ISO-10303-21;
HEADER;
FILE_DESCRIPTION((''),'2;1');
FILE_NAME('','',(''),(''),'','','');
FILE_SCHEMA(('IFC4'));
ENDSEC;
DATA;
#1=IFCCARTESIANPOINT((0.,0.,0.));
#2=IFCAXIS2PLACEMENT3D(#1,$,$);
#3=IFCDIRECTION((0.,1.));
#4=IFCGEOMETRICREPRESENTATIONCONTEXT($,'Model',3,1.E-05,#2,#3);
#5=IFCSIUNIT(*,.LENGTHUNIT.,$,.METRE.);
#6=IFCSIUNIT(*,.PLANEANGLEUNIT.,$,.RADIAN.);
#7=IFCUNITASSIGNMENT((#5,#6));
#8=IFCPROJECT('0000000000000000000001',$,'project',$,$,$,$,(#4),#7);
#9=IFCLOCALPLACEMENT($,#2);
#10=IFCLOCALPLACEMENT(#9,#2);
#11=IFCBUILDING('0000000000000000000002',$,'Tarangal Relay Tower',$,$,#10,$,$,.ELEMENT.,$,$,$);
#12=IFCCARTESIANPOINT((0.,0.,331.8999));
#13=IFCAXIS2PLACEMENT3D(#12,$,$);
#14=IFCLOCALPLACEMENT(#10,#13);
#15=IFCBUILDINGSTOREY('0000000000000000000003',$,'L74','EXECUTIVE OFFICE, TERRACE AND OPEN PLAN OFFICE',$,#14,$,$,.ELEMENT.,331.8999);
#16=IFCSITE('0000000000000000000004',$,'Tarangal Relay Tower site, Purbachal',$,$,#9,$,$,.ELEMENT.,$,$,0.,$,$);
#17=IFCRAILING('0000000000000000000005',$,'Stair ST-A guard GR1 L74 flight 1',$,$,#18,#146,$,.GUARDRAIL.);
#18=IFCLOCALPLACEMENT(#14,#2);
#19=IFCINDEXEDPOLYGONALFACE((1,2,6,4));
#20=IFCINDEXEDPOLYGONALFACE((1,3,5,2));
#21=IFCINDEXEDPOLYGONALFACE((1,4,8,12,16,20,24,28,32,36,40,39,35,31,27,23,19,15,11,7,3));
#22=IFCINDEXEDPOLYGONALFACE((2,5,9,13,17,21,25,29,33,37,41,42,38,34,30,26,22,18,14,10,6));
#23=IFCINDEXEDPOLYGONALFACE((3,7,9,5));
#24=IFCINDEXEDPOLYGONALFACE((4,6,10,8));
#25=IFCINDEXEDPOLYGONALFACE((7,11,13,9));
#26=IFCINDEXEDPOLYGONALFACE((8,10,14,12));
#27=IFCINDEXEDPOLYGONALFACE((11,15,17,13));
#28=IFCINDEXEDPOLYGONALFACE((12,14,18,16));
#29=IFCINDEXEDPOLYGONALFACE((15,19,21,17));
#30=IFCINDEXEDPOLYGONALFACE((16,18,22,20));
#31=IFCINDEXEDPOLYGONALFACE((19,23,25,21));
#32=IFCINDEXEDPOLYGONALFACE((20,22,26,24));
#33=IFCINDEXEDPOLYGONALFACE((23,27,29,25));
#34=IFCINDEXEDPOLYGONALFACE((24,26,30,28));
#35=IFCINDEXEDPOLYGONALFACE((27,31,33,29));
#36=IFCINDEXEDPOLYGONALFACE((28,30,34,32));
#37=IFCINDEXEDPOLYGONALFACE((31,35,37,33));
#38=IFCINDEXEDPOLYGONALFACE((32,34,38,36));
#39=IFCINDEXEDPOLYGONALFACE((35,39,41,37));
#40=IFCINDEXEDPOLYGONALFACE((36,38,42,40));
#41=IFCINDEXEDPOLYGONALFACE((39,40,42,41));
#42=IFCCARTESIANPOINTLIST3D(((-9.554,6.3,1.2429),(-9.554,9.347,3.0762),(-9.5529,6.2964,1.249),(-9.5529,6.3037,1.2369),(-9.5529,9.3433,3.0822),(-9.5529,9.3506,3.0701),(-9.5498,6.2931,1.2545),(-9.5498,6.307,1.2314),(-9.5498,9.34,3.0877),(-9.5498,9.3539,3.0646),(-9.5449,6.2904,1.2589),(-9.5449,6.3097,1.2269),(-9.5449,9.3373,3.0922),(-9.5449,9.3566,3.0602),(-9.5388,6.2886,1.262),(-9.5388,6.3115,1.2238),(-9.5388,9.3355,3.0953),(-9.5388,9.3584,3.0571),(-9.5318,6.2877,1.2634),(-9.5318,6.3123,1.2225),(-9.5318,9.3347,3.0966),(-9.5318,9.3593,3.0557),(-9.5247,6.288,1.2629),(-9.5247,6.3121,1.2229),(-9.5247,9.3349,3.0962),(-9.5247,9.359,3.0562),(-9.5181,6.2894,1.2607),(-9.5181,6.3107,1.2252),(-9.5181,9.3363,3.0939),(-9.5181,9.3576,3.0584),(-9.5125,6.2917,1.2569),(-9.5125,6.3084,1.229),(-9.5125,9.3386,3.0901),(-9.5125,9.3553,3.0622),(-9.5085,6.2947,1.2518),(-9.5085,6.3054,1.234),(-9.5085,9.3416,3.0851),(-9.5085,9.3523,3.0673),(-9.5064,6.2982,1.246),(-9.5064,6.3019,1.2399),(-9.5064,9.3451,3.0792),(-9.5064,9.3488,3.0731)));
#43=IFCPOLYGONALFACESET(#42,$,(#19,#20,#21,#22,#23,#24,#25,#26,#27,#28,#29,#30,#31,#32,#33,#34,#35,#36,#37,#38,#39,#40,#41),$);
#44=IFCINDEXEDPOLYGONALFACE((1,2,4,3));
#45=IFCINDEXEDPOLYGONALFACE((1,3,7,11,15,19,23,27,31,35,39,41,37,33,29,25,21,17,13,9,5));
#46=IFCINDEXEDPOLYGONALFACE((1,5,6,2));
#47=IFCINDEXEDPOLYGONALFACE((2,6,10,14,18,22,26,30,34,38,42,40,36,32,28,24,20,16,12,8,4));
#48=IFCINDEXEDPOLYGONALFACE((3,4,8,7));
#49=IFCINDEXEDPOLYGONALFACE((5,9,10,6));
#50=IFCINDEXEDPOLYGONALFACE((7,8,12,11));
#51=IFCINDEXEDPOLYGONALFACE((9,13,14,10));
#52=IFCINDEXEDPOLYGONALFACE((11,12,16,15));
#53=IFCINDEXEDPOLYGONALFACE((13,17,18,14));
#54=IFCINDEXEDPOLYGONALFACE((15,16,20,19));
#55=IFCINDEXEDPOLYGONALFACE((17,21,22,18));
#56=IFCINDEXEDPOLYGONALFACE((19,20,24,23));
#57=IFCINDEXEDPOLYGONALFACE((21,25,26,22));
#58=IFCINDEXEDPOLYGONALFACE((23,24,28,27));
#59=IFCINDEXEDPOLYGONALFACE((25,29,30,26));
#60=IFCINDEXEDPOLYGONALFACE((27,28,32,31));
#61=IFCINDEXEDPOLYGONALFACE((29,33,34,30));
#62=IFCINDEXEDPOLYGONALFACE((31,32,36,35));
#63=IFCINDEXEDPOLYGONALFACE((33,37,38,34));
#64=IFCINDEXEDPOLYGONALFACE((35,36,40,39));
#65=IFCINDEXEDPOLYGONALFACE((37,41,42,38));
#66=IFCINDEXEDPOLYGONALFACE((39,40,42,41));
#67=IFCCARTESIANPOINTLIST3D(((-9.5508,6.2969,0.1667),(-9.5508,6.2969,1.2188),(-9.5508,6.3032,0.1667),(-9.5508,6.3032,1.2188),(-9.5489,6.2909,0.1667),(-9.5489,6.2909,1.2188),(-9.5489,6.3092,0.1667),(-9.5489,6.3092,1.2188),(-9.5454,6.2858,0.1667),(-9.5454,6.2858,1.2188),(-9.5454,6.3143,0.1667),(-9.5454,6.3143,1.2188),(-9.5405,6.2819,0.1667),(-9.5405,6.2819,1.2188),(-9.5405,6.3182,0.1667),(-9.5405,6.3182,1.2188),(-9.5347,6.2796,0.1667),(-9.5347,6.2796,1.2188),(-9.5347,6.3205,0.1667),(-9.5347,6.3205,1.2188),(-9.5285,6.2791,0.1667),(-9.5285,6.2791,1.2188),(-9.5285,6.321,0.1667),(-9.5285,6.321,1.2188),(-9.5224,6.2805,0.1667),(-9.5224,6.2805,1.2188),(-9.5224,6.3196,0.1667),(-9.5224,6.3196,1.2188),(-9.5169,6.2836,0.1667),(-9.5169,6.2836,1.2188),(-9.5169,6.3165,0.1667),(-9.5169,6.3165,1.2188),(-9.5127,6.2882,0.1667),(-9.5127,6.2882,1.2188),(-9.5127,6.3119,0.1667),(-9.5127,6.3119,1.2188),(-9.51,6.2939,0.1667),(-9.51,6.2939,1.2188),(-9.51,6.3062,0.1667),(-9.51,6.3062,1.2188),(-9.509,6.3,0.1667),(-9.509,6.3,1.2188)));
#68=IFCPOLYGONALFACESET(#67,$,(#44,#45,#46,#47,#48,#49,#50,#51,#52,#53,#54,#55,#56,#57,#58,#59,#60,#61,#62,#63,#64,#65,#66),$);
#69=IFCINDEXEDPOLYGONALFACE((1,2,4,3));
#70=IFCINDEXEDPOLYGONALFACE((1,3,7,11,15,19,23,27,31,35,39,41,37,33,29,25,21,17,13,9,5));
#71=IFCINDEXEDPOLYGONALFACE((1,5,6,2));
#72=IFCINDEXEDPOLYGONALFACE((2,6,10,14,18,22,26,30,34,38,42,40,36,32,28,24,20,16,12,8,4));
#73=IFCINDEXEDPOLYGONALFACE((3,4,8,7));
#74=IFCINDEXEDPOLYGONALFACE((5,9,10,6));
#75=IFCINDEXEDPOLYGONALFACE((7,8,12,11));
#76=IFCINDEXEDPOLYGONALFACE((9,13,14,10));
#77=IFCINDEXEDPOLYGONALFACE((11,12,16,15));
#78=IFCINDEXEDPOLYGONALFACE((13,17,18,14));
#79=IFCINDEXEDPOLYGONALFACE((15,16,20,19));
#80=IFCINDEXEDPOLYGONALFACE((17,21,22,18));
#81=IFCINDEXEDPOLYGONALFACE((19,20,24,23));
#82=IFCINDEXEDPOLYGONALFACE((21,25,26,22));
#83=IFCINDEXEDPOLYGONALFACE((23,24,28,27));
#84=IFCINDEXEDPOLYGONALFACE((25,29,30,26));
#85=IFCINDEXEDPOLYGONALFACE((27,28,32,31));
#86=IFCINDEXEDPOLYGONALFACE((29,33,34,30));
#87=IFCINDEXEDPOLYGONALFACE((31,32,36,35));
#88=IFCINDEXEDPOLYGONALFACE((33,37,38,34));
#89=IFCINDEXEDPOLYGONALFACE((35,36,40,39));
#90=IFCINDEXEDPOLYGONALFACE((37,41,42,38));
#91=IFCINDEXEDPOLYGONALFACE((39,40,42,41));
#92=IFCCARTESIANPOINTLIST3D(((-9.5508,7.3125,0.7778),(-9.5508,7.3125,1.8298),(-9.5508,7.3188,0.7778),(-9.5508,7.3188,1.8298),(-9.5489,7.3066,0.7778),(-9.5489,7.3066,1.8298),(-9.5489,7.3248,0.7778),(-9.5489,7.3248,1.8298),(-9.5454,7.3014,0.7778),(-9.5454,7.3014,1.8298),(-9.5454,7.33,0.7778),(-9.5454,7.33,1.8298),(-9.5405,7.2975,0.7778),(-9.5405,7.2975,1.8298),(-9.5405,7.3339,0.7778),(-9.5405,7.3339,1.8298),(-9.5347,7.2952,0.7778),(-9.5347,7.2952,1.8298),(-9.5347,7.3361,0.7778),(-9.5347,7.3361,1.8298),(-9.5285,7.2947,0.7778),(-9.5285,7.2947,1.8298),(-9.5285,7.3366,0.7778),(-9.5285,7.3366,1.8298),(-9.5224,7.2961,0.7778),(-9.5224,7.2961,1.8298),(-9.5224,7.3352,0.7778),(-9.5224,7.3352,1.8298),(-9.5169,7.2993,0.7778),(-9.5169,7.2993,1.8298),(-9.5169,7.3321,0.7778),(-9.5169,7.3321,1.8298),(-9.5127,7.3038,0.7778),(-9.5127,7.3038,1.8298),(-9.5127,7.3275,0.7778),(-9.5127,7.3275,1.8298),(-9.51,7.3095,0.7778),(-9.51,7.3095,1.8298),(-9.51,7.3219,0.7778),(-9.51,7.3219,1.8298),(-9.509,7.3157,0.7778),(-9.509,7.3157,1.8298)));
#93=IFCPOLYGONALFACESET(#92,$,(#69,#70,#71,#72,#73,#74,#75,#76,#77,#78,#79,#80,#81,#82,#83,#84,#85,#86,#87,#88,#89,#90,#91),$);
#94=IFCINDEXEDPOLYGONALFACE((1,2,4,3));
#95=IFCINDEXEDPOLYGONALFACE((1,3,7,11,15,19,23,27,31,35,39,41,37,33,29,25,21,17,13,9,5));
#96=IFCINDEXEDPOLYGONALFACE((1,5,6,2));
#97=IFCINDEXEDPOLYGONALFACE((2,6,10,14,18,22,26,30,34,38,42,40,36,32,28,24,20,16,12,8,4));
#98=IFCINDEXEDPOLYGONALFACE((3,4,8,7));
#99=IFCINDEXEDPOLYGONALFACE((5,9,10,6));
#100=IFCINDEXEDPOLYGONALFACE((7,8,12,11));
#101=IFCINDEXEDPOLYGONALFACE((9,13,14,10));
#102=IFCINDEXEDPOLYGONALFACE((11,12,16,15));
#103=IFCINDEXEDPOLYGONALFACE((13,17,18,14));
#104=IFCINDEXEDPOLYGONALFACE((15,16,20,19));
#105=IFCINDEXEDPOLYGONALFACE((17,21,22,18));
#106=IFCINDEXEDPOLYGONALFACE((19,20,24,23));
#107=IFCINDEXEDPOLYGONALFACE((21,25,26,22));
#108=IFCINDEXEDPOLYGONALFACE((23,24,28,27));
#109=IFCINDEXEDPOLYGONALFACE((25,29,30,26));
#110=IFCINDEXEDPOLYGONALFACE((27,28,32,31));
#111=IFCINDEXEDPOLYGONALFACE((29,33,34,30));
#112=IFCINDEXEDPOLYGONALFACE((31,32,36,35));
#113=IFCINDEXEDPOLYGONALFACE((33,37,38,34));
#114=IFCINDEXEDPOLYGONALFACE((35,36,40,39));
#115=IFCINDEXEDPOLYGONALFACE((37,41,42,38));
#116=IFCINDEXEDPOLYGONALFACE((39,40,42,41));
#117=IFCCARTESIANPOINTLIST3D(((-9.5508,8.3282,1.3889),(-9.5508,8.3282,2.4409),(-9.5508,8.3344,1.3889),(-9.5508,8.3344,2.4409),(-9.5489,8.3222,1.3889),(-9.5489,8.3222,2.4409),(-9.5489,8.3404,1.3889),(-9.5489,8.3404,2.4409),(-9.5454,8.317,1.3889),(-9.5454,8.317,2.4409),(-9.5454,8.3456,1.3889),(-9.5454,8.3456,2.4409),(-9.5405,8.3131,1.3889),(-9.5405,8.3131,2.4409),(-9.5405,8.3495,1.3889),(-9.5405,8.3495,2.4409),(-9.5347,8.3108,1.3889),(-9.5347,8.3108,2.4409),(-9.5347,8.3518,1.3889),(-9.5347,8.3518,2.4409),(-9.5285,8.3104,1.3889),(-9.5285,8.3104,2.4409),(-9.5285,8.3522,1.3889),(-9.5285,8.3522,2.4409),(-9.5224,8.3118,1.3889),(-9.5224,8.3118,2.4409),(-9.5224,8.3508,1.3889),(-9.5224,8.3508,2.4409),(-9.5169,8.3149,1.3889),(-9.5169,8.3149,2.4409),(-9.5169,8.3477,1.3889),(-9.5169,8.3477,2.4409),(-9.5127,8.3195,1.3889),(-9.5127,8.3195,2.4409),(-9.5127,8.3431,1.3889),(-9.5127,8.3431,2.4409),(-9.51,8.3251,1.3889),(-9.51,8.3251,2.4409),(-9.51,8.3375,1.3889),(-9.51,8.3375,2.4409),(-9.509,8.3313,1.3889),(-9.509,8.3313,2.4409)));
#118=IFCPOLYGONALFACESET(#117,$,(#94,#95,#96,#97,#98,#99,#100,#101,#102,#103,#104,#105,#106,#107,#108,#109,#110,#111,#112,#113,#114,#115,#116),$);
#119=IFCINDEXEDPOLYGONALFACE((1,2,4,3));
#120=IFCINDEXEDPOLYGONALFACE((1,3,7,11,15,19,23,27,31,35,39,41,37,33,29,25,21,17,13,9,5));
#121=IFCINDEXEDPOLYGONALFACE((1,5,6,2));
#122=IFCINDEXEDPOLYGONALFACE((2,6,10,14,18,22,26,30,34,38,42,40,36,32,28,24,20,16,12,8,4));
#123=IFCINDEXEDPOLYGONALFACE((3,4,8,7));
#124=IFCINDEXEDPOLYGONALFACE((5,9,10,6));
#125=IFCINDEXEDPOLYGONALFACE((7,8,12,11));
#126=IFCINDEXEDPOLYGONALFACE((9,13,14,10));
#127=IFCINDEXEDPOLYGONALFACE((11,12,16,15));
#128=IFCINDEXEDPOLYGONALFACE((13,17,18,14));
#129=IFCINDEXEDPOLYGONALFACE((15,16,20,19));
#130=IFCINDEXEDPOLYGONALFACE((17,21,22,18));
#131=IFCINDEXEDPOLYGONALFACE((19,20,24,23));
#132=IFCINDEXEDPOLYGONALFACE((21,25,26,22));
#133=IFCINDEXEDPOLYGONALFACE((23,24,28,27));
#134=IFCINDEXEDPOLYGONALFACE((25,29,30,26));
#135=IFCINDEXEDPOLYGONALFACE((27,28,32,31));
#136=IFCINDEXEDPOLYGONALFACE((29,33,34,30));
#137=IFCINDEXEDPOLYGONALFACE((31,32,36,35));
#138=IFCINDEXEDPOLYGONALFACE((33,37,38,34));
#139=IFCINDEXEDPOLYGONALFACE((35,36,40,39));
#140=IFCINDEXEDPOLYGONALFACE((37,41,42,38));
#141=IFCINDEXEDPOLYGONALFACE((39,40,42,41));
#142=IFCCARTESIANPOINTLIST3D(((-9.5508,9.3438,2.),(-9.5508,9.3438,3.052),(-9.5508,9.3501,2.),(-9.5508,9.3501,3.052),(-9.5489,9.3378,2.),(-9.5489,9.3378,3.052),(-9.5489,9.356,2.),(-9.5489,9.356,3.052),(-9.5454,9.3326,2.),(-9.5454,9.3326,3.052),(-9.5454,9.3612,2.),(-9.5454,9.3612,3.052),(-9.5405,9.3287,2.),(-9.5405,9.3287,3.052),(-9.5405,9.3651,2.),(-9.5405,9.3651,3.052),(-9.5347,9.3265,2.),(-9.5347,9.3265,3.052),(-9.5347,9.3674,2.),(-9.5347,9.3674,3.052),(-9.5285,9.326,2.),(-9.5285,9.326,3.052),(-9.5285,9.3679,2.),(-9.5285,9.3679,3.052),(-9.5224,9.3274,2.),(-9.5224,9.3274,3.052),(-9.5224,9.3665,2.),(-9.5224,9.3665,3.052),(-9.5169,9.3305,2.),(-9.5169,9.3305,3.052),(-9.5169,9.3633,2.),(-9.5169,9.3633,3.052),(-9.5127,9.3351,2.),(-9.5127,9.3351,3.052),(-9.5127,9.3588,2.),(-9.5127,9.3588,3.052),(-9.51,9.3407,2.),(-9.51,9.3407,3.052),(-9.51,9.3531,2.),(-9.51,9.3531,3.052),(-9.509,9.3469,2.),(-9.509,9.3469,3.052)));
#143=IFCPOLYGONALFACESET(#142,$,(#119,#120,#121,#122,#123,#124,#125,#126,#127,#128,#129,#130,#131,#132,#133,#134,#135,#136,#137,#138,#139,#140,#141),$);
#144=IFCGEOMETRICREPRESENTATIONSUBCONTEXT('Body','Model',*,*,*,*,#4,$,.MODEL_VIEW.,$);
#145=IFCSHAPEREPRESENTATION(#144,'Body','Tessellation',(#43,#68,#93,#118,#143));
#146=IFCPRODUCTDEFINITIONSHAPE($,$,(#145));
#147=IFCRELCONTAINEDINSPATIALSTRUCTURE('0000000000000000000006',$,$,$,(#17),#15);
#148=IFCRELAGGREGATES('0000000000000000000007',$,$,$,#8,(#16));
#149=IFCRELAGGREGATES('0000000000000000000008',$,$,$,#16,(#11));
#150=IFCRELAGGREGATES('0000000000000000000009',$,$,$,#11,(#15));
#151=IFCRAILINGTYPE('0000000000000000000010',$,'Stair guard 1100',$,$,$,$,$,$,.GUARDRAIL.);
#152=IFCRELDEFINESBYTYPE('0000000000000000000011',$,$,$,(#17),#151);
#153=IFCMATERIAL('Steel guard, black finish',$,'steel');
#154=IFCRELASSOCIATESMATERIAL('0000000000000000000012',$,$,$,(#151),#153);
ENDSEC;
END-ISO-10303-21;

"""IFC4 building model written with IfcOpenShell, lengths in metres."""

from ifc_helpers import new_model, si_unit, direction, frame, origin, origin_2d, place, context, subcontext, project, spatial, circle, extrude, material, type_object, element, save


model = new_model("IFC4")

# Units and contexts
model_context = context("Model", 3, precision=1e-05, world=origin(), true_north=direction((0.0, 1.0)))
body_context = subcontext(model_context, "Body", "Model", "MODEL_VIEW")
ifc_project = project(units=[si_unit("LENGTHUNIT", "METRE"), si_unit("PLANEANGLEUNIT", "RADIAN")], contexts=[model_context])

# Site, building, storey
site_placement = place(None, origin())
site = spatial("IfcSite", under=ifc_project, at=site_placement, Name="Tarangal Relay Tower site, Purbachal", CompositionType="ELEMENT", RefElevation=0.0)
building_placement = place(site_placement, origin())
building = spatial("IfcBuilding", under=site, at=building_placement, Name="Tarangal Relay Tower", CompositionType="ELEMENT")
storey_placement = place(building_placement, frame((0.0, 0.0, 331.8999)))
storey = spatial("IfcBuildingStorey", under=building, at=storey_placement, Name="L74", Description="EXECUTIVE OFFICE, TERRACE AND OPEN PLAN OFFICE", CompositionType="ELEMENT", Elevation=331.8999)

# Railing
ifc_material_1 = material(Name="Steel guard, black finish", Category="steel")
railing_type_1 = type_object("IfcRailingType", Name="Stair guard 1100", PredefinedType="GUARDRAIL", material=ifc_material_1)
railing_1_placement = place(storey_placement, frame((-9.53, 6.3, 0.1667)))
element("IfcRailing", 1, at=railing_1_placement, inside=storey, type_object=railing_type_1, Name="Stair ST-A guard GR1 L74 flight 1", PredefinedType="GUARDRAIL", context=body_context, shape_type="SweptSolid", body=[
    extrude(circle(Radius=0.0239, at=origin_2d()), frame((0.0, 0.0, 1.0762), z_axis=(0.0, 0.856856, 0.515556), x_axis=(-1.0, 0.0, 0.0)), (0.0, 0.0, 1.0), 3.5559),
    extrude(circle(Radius=0.021, at=origin_2d()), origin(), (0.0, 0.0, 1.0), 1.052),
    extrude(circle(Radius=0.021, at=origin_2d()), frame((0.0, 1.0156, 0.6111)), (0.0, 0.0, 1.0), 1.052),
    extrude(circle(Radius=0.021, at=origin_2d()), frame((0.0, 2.0312, 1.2222)), (0.0, 0.0, 1.0), 1.052),
    extrude(circle(Radius=0.021, at=origin_2d()), frame((0.0, 3.0469, 1.8333)), (0.0, 0.0, 1.0), 1.052),
])

save(model, "model.ifc")
